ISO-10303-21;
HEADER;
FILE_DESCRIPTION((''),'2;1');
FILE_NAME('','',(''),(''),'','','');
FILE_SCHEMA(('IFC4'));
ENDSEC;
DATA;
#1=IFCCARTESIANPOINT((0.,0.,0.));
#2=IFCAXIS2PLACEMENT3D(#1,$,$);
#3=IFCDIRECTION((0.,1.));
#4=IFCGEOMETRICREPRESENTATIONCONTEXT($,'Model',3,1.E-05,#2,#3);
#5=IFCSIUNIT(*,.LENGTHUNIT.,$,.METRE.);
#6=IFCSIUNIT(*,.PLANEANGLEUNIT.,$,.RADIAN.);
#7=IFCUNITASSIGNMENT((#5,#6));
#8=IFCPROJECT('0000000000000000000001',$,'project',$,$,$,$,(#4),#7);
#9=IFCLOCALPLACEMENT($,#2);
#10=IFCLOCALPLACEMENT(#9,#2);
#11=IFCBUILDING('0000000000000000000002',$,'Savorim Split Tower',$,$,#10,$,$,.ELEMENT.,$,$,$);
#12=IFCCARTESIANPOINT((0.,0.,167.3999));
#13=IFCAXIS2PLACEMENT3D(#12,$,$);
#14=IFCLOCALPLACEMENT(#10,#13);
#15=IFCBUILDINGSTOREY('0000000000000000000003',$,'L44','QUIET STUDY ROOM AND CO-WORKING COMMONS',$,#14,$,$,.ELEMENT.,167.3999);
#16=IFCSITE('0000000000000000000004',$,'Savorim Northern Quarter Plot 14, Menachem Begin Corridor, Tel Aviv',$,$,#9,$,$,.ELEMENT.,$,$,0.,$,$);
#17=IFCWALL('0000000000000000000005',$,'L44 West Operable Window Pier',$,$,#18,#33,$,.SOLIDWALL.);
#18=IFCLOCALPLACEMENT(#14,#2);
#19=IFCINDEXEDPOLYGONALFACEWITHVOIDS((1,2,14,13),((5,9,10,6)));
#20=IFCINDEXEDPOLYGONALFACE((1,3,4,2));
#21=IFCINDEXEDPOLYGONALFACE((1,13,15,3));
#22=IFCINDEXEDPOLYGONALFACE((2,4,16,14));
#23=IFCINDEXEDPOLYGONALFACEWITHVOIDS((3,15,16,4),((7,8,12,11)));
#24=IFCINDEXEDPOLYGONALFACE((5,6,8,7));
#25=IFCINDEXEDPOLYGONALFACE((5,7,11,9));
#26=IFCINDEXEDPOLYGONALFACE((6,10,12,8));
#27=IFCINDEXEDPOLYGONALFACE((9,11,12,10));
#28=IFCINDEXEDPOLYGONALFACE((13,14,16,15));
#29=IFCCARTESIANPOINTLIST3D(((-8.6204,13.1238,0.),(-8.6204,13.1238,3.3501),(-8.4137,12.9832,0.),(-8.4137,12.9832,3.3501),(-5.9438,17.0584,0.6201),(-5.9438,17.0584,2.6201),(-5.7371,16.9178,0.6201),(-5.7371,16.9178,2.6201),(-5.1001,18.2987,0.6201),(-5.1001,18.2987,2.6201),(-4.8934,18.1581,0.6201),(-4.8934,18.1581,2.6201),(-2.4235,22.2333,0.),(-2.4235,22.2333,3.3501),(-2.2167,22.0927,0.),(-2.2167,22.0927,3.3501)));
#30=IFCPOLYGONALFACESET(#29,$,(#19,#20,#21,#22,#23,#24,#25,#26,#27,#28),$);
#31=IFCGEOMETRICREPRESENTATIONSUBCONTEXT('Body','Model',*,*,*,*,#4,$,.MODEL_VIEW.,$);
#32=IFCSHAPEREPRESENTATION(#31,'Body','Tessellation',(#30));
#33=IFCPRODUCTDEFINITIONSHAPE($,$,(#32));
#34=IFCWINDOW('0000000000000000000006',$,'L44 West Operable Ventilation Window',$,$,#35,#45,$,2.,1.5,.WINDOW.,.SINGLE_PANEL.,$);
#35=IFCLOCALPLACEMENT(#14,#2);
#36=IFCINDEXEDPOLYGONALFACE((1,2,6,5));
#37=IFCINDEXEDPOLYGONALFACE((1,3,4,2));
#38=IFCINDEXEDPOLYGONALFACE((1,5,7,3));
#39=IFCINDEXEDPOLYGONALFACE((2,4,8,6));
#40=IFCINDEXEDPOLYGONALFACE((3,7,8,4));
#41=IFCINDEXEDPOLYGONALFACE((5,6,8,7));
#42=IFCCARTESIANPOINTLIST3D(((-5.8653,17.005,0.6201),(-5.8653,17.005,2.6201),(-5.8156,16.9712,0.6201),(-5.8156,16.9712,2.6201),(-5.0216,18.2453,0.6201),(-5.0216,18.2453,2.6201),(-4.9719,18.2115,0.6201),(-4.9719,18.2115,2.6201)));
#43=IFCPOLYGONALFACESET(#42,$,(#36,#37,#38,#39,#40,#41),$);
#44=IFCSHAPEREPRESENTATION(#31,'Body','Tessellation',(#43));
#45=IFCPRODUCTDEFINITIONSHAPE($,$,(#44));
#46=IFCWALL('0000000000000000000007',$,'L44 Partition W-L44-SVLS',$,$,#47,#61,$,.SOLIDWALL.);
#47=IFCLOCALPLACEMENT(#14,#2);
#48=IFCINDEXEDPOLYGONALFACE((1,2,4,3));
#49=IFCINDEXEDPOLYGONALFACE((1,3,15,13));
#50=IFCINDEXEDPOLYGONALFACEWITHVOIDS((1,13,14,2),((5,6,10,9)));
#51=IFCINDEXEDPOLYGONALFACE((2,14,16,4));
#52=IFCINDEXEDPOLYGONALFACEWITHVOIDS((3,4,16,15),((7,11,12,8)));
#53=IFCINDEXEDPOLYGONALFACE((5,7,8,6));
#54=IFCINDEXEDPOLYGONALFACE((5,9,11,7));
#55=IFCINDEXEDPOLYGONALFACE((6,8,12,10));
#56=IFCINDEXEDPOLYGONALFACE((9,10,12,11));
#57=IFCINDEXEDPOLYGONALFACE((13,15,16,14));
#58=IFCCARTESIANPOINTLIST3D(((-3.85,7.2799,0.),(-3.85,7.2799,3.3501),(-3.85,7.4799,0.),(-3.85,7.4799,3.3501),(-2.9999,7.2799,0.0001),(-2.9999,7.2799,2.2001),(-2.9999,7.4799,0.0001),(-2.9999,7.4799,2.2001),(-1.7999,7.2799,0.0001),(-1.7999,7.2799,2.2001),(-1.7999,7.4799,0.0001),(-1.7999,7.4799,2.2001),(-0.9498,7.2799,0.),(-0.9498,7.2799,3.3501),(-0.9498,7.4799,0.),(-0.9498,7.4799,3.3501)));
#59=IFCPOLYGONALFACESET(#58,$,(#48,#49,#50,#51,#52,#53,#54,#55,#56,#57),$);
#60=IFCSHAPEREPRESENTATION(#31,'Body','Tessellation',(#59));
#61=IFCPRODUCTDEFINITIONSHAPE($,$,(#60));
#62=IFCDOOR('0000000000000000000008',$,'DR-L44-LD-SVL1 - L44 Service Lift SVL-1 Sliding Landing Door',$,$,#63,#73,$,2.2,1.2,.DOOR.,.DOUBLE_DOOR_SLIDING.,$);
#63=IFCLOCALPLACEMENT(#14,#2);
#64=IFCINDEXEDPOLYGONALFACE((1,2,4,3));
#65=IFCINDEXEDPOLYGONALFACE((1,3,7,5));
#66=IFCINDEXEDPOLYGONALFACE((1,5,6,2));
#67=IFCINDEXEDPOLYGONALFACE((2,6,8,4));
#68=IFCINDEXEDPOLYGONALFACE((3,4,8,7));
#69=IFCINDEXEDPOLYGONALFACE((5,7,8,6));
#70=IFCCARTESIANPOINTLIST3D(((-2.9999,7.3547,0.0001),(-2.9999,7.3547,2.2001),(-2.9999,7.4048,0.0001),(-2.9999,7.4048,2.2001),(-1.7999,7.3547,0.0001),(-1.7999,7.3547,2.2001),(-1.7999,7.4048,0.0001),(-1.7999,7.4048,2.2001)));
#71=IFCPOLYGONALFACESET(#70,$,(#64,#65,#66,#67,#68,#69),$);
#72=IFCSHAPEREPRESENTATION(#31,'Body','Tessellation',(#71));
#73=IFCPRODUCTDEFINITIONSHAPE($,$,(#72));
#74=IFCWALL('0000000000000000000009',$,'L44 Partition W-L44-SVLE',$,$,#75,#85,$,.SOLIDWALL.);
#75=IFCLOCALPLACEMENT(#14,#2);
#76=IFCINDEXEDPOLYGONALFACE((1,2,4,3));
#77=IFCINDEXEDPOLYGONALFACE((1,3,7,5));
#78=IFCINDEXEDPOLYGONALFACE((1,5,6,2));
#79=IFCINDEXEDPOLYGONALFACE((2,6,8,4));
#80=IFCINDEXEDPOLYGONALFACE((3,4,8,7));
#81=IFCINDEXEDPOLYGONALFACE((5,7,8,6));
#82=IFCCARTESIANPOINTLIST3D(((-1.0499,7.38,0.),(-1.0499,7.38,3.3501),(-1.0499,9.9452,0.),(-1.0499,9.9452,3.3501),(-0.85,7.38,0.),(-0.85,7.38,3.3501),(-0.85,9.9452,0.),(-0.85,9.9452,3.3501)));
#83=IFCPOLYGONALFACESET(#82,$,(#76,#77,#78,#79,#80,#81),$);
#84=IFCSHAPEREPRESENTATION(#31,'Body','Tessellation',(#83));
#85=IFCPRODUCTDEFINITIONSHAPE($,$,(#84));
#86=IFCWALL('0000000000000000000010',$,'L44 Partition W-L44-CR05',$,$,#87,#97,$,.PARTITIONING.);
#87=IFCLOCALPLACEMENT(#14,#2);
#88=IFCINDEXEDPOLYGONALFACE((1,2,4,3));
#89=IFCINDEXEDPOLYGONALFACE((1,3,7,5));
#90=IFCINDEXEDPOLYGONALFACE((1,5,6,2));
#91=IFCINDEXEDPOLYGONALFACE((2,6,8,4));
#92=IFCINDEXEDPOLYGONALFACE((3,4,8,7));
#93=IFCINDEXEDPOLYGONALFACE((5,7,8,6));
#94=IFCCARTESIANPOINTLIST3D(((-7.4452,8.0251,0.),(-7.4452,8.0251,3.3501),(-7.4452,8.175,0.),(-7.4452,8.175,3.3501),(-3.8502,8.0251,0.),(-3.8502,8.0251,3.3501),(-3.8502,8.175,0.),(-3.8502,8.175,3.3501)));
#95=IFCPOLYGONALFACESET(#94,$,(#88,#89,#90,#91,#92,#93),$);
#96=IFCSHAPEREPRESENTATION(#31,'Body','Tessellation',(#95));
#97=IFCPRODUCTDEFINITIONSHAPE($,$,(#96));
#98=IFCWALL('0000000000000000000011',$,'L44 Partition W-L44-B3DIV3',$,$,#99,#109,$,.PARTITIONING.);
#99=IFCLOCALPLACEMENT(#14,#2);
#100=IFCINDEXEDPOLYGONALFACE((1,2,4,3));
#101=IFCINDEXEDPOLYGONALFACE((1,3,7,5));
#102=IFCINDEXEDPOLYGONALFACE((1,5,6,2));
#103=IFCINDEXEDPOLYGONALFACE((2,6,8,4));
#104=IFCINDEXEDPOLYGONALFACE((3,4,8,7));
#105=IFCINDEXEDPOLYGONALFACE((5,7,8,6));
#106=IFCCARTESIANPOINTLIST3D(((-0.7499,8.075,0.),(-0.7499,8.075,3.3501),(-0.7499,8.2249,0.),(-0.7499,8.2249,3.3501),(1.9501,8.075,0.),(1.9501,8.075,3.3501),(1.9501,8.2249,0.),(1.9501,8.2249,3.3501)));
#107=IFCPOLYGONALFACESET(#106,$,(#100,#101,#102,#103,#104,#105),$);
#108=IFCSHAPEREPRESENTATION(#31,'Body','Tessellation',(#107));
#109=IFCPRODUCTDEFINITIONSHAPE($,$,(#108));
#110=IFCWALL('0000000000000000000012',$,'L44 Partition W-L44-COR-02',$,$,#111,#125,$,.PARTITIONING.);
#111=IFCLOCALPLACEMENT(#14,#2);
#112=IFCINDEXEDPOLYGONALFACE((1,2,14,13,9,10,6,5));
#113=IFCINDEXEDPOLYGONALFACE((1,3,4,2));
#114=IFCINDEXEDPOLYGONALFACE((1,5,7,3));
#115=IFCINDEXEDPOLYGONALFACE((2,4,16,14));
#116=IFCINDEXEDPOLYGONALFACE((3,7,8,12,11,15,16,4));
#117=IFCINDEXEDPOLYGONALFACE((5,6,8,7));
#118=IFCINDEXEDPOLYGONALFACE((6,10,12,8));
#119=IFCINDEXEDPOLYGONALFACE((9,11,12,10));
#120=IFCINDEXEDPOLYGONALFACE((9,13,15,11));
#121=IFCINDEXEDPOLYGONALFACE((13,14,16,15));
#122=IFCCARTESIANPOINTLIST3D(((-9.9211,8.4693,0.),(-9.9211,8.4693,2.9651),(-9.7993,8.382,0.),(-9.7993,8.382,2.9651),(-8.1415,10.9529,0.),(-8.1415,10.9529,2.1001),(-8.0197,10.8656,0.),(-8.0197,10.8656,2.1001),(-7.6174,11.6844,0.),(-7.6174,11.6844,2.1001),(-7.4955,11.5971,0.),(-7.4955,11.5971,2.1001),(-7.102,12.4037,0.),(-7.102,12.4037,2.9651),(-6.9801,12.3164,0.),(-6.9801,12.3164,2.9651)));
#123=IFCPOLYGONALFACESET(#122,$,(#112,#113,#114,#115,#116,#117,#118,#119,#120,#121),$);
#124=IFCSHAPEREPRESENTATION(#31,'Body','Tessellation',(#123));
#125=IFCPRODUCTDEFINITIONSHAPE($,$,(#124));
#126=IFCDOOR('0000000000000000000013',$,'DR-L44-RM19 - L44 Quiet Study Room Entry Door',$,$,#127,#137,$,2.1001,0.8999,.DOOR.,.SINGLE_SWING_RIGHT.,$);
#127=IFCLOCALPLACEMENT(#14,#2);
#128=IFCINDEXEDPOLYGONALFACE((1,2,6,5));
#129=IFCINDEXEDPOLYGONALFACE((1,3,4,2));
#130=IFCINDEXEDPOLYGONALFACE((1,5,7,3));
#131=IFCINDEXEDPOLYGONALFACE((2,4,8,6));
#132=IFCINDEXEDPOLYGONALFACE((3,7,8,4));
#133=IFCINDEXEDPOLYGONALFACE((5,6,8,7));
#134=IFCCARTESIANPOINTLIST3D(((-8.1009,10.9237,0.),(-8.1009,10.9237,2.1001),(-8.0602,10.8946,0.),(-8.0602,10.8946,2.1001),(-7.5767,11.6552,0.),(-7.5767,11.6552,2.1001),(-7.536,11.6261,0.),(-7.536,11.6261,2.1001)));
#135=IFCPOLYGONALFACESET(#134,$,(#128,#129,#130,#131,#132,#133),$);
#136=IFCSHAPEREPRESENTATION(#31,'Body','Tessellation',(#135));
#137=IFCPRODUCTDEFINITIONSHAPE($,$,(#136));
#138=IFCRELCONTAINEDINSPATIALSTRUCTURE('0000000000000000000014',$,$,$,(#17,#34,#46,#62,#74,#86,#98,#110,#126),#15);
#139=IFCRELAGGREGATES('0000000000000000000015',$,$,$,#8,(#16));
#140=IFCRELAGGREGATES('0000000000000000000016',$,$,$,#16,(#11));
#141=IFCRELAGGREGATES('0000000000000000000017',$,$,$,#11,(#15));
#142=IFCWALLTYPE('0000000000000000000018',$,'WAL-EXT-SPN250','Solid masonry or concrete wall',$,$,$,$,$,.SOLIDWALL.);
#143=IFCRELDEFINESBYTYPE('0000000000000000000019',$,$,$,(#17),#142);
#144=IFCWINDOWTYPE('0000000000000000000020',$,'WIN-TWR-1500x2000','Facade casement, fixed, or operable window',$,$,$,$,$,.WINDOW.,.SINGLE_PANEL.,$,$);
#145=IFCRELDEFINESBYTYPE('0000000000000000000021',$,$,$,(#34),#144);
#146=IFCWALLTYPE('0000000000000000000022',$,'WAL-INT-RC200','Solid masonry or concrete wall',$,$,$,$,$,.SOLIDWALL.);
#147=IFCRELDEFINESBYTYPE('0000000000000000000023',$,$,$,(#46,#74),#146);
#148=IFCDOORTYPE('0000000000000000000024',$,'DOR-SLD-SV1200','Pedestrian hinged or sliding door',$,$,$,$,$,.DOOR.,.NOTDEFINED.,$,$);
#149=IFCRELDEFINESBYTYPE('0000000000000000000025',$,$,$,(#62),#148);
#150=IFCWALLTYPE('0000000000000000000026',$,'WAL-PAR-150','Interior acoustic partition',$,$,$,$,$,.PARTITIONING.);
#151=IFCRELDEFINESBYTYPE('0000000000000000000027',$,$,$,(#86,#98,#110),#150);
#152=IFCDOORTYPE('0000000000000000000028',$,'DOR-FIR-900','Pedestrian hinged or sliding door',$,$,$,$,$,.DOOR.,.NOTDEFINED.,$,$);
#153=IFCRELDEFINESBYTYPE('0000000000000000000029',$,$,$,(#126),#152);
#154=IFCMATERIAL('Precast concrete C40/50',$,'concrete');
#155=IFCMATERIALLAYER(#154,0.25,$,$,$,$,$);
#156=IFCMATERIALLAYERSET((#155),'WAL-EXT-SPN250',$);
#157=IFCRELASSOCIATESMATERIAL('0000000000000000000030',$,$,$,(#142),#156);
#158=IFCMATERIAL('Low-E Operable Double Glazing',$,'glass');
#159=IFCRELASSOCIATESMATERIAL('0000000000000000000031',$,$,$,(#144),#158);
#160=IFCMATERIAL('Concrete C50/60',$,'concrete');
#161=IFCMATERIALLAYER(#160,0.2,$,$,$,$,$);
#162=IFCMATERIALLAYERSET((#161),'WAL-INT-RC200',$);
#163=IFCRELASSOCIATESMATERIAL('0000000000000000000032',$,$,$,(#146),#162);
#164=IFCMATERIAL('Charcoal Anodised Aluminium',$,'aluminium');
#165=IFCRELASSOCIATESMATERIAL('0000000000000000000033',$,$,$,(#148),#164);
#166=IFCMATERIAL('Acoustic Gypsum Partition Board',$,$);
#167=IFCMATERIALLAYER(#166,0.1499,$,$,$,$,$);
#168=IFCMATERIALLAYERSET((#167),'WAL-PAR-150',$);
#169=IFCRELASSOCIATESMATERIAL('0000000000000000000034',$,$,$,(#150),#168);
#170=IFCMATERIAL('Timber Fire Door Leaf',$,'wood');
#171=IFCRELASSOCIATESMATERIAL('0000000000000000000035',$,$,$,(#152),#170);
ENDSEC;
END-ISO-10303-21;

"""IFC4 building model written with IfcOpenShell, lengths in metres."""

from ifc_helpers import new_model, si_unit, direction, frame, frame_2d, origin, place, context, subcontext, project, spatial, rectangle, extrude, material, layer, layer_set, type_object, element, fill, save


model = new_model("IFC4")

# Units and contexts
model_context = context("Model", 3, precision=1e-05, world=origin(), true_north=direction((0.0, 1.0)))
body_context = subcontext(model_context, "Body", "Model", "MODEL_VIEW")
ifc_project = project(units=[si_unit("LENGTHUNIT", "METRE"), si_unit("PLANEANGLEUNIT", "RADIAN")], contexts=[model_context])

# Site, building, storey
site_placement = place(None, origin())
site = spatial("IfcSite", under=ifc_project, at=site_placement, Name="Savorim Northern Quarter Plot 14, Menachem Begin Corridor, Tel Aviv", CompositionType="ELEMENT", RefElevation=0.0)
building_placement = place(site_placement, origin())
building = spatial("IfcBuilding", under=site, at=building_placement, Name="Savorim Split Tower", CompositionType="ELEMENT")
storey_placement = place(building_placement, frame((0.0, 0.0, 167.3999)))
storey = spatial("IfcBuildingStorey", under=building, at=storey_placement, Name="L44", Description="QUIET STUDY ROOM AND CO-WORKING COMMONS", CompositionType="ELEMENT", Elevation=167.3999)

# Shared definitions
ifc_material_1 = material(Name="Charcoal Anodised Aluminium", Category="aluminium")

# Wall, opening, window
ifc_material_2 = material(Name="Precast concrete C40/50", Category="concrete")
ifc_material_3 = material(Name="Low-E Operable Double Glazing", Category="glass")
ifc_layer_1 = layer(ifc_material_2, 0.25)
ifc_layer_set_1 = layer_set([ifc_layer_1], Name="WAL-EXT-SPN250")
wall_type_1 = type_object("IfcWallType", Name="WAL-EXT-SPN250", Description="Solid masonry or concrete wall", PredefinedType="SOLIDWALL", material=ifc_layer_set_1)
wall_1_placement = place(storey_placement, frame((-8.5171, 13.0535, 0.0), z_axis=(0.0, 0.0, 1.0), x_axis=(0.562464, 0.826822, 0.0)))
wall_1 = element("IfcWall", 1, at=wall_1_placement, inside=storey, type_object=wall_type_1, Name="L44 West Operable Window Pier", PredefinedType="SOLIDWALL", context=body_context, shape_type="SweptSolid", body=[
    extrude(rectangle(XDim=11.0176, YDim=0.25, at=frame_2d((5.5088, 0.0))), origin(), (0.0, 0.0, 1.0), 3.3501),
])
opening_1_placement = place(wall_1_placement, frame((4.7588, 0.0, 0.6201)))
opening_1 = element("IfcOpeningElement", 2, at=opening_1_placement, cuts=wall_1, PredefinedType="OPENING", context=body_context, shape_type="SweptSolid", body=[
    extrude(rectangle(XDim=1.5, YDim=2.0, at=frame_2d((0.75, 1.0))), frame((0.0, 0.135, 0.0), z_axis=(0.0, -1.0, 0.0), x_axis=(1.0, 0.0, 0.0)), (0.0, 0.0, 1.0), 0.27),
])
window_type_1 = type_object("IfcWindowType", Name="WIN-TWR-1500x2000", Description="Facade casement, fixed, or operable window", PartitioningType="SINGLE_PANEL", PredefinedType="WINDOW", material=ifc_material_3)
window_1_placement = place(opening_1_placement, origin())
window_1 = element("IfcWindow", 3, at=window_1_placement, inside=storey, type_object=window_type_1, Name="L44 West Operable Ventilation Window", OverallHeight=2.0, OverallWidth=1.5, PartitioningType="SINGLE_PANEL", PredefinedType="WINDOW", context=body_context, shape_type="SweptSolid", body=[
    extrude(rectangle(XDim=1.5, YDim=2.0, at=frame_2d((0.75, 1.0))), frame((0.0, 0.03, 0.0), z_axis=(0.0, -1.0, 0.0), x_axis=(1.0, 0.0, 0.0)), (0.0, 0.0, 1.0), 0.0601),
])
fill(opening_1, window_1)

# Wall, opening, door
ifc_material_4 = material(Name="Concrete C50/60", Category="concrete")
ifc_layer_2 = layer(ifc_material_4, 0.2)
ifc_layer_set_2 = layer_set([ifc_layer_2], Name="WAL-INT-RC200")
wall_type_2 = type_object("IfcWallType", Name="WAL-INT-RC200", Description="Solid masonry or concrete wall", PredefinedType="SOLIDWALL", material=ifc_layer_set_2)
wall_2_placement = place(storey_placement, frame((-3.8501, 7.3799, 0.0), z_axis=(0.0, 0.0, 1.0), x_axis=(1.0, 0.0, 0.0)))
wall_2 = element("IfcWall", 4, at=wall_2_placement, inside=storey, type_object=wall_type_2, Name="L44 Partition W-L44-SVLS", PredefinedType="SOLIDWALL", context=body_context, shape_type="SweptSolid", body=[
    extrude(rectangle(XDim=2.9001, YDim=0.2, at=frame_2d((1.4502, 0.0))), origin(), (0.0, 0.0, 1.0), 3.3501),
])
opening_2_placement = place(wall_2_placement, frame((0.8501, 0.0, 0.0)))
opening_2 = element("IfcOpeningElement", 5, at=opening_2_placement, cuts=wall_2, PredefinedType="OPENING", context=body_context, shape_type="SweptSolid", body=[
    extrude(rectangle(XDim=1.2, YDim=2.2, at=frame_2d((0.6001, 1.1001))), frame((0.0, 0.1099, 0.0), z_axis=(0.0, -1.0, 0.0), x_axis=(1.0, 0.0, 0.0)), (0.0, 0.0, 1.0), 0.22),
])
door_type_1 = type_object("IfcDoorType", Name="DOR-SLD-SV1200", Description="Pedestrian hinged or sliding door", OperationType="NOTDEFINED", PredefinedType="DOOR", material=ifc_material_1)
door_1_placement = place(opening_2_placement, origin())
door_1 = element("IfcDoor", 6, at=door_1_placement, inside=storey, type_object=door_type_1, Name="DR-L44-LD-SVL1 - L44 Service Lift SVL-1 Sliding Landing Door", OperationType="DOUBLE_DOOR_SLIDING", OverallHeight=2.2, OverallWidth=1.2, PredefinedType="DOOR", context=body_context, shape_type="SweptSolid", body=[
    extrude(rectangle(XDim=1.2, YDim=2.2, at=frame_2d((0.6001, 1.1001))), frame((0.0, 0.0249, 0.0), z_axis=(0.0, -1.0, 0.0), x_axis=(1.0, 0.0, 0.0)), (0.0, 0.0, 1.0), 0.05),
])
fill(opening_2, door_1)

# Walls
wall_3_placement = place(storey_placement, frame((-0.95, 7.3799, 0.0), z_axis=(0.0, 0.0, 1.0), x_axis=(0.0, 1.0, 0.0)))
element("IfcWall", 7, at=wall_3_placement, inside=storey, type_object=wall_type_2, Name="L44 Partition W-L44-SVLE", PredefinedType="SOLIDWALL", context=body_context, shape_type="SweptSolid", body=[
    extrude(rectangle(XDim=2.5652, YDim=0.2, at=frame_2d((1.2827, 0.0))), origin(), (0.0, 0.0, 1.0), 3.3501),
])
ifc_material_5 = material(Name="Acoustic Gypsum Partition Board")
ifc_layer_3 = layer(ifc_material_5, 0.1499)
ifc_layer_set_3 = layer_set([ifc_layer_3], Name="WAL-PAR-150")
wall_type_3 = type_object("IfcWallType", Name="WAL-PAR-150", Description="Interior acoustic partition", PredefinedType="PARTITIONING", material=ifc_layer_set_3)
wall_4_placement = place(storey_placement, frame((-7.4451, 8.1001, 0.0), z_axis=(0.0, 0.0, 1.0), x_axis=(1.0, 0.0, 0.0)))
element("IfcWall", 8, at=wall_4_placement, inside=storey, type_object=wall_type_3, Name="L44 Partition W-L44-CR05", PredefinedType="PARTITIONING", context=body_context, shape_type="SweptSolid", body=[
    extrude(rectangle(XDim=3.595, YDim=0.1499, at=frame_2d((1.7974, 0.0))), origin(), (0.0, 0.0, 1.0), 3.3501),
])
wall_5_placement = place(storey_placement, frame((-0.75, 8.1499, 0.0), z_axis=(0.0, 0.0, 1.0), x_axis=(1.0, 0.0, 0.0)))
element("IfcWall", 9, at=wall_5_placement, inside=storey, type_object=wall_type_3, Name="L44 Partition W-L44-B3DIV3", PredefinedType="PARTITIONING", context=body_context, shape_type="SweptSolid", body=[
    extrude(rectangle(XDim=2.7, YDim=0.1499, at=frame_2d((1.3501, 0.0))), origin(), (0.0, 0.0, 1.0), 3.3501),
])

# Wall, opening, door
wall_6_placement = place(storey_placement, frame((-9.8601, 8.4258, 0.0), z_axis=(0.0, 0.0, 1.0), x_axis=(0.58245, 0.812867, 0.0)))
wall_6 = element("IfcWall", 10, at=wall_6_placement, inside=storey, type_object=wall_type_3, Name="L44 Partition W-L44-COR-02", PredefinedType="PARTITIONING", context=body_context, shape_type="SweptSolid", body=[
    extrude(rectangle(XDim=4.8401, YDim=0.1499, at=frame_2d((2.4199, 0.0))), origin(), (0.0, 0.0, 1.0), 2.9651),
])
opening_3_placement = place(wall_6_placement, frame((3.0552, 0.0, 0.0)))
opening_3 = element("IfcOpeningElement", 11, at=opening_3_placement, cuts=wall_6, PredefinedType="OPENING", context=body_context, shape_type="SweptSolid", body=[
    extrude(rectangle(XDim=0.8999, YDim=2.1001, at=frame_2d((0.45, 1.05))), frame((0.0, 0.085, 0.0), z_axis=(0.0, -1.0, 0.0), x_axis=(1.0, 0.0, 0.0)), (0.0, 0.0, 1.0), 0.1699),
])
ifc_material_6 = material(Name="Timber Fire Door Leaf", Category="wood")
door_type_2 = type_object("IfcDoorType", Name="DOR-FIR-900", Description="Pedestrian hinged or sliding door", OperationType="NOTDEFINED", PredefinedType="DOOR", material=ifc_material_6)
door_2_placement = place(opening_3_placement, origin())
door_2 = element("IfcDoor", 12, at=door_2_placement, inside=storey, type_object=door_type_2, Name="DR-L44-RM19 - L44 Quiet Study Room Entry Door", OperationType="SINGLE_SWING_RIGHT", OverallHeight=2.1001, OverallWidth=0.8999, PredefinedType="DOOR", context=body_context, shape_type="SweptSolid", body=[
    extrude(rectangle(XDim=0.8999, YDim=2.1001, at=frame_2d((0.45, 1.05))), frame((0.0, 0.0249, 0.0), z_axis=(0.0, -1.0, 0.0), x_axis=(1.0, 0.0, 0.0)), (0.0, 0.0, 1.0), 0.05),
])
fill(opening_3, door_2)

save(model, "model.ifc")
